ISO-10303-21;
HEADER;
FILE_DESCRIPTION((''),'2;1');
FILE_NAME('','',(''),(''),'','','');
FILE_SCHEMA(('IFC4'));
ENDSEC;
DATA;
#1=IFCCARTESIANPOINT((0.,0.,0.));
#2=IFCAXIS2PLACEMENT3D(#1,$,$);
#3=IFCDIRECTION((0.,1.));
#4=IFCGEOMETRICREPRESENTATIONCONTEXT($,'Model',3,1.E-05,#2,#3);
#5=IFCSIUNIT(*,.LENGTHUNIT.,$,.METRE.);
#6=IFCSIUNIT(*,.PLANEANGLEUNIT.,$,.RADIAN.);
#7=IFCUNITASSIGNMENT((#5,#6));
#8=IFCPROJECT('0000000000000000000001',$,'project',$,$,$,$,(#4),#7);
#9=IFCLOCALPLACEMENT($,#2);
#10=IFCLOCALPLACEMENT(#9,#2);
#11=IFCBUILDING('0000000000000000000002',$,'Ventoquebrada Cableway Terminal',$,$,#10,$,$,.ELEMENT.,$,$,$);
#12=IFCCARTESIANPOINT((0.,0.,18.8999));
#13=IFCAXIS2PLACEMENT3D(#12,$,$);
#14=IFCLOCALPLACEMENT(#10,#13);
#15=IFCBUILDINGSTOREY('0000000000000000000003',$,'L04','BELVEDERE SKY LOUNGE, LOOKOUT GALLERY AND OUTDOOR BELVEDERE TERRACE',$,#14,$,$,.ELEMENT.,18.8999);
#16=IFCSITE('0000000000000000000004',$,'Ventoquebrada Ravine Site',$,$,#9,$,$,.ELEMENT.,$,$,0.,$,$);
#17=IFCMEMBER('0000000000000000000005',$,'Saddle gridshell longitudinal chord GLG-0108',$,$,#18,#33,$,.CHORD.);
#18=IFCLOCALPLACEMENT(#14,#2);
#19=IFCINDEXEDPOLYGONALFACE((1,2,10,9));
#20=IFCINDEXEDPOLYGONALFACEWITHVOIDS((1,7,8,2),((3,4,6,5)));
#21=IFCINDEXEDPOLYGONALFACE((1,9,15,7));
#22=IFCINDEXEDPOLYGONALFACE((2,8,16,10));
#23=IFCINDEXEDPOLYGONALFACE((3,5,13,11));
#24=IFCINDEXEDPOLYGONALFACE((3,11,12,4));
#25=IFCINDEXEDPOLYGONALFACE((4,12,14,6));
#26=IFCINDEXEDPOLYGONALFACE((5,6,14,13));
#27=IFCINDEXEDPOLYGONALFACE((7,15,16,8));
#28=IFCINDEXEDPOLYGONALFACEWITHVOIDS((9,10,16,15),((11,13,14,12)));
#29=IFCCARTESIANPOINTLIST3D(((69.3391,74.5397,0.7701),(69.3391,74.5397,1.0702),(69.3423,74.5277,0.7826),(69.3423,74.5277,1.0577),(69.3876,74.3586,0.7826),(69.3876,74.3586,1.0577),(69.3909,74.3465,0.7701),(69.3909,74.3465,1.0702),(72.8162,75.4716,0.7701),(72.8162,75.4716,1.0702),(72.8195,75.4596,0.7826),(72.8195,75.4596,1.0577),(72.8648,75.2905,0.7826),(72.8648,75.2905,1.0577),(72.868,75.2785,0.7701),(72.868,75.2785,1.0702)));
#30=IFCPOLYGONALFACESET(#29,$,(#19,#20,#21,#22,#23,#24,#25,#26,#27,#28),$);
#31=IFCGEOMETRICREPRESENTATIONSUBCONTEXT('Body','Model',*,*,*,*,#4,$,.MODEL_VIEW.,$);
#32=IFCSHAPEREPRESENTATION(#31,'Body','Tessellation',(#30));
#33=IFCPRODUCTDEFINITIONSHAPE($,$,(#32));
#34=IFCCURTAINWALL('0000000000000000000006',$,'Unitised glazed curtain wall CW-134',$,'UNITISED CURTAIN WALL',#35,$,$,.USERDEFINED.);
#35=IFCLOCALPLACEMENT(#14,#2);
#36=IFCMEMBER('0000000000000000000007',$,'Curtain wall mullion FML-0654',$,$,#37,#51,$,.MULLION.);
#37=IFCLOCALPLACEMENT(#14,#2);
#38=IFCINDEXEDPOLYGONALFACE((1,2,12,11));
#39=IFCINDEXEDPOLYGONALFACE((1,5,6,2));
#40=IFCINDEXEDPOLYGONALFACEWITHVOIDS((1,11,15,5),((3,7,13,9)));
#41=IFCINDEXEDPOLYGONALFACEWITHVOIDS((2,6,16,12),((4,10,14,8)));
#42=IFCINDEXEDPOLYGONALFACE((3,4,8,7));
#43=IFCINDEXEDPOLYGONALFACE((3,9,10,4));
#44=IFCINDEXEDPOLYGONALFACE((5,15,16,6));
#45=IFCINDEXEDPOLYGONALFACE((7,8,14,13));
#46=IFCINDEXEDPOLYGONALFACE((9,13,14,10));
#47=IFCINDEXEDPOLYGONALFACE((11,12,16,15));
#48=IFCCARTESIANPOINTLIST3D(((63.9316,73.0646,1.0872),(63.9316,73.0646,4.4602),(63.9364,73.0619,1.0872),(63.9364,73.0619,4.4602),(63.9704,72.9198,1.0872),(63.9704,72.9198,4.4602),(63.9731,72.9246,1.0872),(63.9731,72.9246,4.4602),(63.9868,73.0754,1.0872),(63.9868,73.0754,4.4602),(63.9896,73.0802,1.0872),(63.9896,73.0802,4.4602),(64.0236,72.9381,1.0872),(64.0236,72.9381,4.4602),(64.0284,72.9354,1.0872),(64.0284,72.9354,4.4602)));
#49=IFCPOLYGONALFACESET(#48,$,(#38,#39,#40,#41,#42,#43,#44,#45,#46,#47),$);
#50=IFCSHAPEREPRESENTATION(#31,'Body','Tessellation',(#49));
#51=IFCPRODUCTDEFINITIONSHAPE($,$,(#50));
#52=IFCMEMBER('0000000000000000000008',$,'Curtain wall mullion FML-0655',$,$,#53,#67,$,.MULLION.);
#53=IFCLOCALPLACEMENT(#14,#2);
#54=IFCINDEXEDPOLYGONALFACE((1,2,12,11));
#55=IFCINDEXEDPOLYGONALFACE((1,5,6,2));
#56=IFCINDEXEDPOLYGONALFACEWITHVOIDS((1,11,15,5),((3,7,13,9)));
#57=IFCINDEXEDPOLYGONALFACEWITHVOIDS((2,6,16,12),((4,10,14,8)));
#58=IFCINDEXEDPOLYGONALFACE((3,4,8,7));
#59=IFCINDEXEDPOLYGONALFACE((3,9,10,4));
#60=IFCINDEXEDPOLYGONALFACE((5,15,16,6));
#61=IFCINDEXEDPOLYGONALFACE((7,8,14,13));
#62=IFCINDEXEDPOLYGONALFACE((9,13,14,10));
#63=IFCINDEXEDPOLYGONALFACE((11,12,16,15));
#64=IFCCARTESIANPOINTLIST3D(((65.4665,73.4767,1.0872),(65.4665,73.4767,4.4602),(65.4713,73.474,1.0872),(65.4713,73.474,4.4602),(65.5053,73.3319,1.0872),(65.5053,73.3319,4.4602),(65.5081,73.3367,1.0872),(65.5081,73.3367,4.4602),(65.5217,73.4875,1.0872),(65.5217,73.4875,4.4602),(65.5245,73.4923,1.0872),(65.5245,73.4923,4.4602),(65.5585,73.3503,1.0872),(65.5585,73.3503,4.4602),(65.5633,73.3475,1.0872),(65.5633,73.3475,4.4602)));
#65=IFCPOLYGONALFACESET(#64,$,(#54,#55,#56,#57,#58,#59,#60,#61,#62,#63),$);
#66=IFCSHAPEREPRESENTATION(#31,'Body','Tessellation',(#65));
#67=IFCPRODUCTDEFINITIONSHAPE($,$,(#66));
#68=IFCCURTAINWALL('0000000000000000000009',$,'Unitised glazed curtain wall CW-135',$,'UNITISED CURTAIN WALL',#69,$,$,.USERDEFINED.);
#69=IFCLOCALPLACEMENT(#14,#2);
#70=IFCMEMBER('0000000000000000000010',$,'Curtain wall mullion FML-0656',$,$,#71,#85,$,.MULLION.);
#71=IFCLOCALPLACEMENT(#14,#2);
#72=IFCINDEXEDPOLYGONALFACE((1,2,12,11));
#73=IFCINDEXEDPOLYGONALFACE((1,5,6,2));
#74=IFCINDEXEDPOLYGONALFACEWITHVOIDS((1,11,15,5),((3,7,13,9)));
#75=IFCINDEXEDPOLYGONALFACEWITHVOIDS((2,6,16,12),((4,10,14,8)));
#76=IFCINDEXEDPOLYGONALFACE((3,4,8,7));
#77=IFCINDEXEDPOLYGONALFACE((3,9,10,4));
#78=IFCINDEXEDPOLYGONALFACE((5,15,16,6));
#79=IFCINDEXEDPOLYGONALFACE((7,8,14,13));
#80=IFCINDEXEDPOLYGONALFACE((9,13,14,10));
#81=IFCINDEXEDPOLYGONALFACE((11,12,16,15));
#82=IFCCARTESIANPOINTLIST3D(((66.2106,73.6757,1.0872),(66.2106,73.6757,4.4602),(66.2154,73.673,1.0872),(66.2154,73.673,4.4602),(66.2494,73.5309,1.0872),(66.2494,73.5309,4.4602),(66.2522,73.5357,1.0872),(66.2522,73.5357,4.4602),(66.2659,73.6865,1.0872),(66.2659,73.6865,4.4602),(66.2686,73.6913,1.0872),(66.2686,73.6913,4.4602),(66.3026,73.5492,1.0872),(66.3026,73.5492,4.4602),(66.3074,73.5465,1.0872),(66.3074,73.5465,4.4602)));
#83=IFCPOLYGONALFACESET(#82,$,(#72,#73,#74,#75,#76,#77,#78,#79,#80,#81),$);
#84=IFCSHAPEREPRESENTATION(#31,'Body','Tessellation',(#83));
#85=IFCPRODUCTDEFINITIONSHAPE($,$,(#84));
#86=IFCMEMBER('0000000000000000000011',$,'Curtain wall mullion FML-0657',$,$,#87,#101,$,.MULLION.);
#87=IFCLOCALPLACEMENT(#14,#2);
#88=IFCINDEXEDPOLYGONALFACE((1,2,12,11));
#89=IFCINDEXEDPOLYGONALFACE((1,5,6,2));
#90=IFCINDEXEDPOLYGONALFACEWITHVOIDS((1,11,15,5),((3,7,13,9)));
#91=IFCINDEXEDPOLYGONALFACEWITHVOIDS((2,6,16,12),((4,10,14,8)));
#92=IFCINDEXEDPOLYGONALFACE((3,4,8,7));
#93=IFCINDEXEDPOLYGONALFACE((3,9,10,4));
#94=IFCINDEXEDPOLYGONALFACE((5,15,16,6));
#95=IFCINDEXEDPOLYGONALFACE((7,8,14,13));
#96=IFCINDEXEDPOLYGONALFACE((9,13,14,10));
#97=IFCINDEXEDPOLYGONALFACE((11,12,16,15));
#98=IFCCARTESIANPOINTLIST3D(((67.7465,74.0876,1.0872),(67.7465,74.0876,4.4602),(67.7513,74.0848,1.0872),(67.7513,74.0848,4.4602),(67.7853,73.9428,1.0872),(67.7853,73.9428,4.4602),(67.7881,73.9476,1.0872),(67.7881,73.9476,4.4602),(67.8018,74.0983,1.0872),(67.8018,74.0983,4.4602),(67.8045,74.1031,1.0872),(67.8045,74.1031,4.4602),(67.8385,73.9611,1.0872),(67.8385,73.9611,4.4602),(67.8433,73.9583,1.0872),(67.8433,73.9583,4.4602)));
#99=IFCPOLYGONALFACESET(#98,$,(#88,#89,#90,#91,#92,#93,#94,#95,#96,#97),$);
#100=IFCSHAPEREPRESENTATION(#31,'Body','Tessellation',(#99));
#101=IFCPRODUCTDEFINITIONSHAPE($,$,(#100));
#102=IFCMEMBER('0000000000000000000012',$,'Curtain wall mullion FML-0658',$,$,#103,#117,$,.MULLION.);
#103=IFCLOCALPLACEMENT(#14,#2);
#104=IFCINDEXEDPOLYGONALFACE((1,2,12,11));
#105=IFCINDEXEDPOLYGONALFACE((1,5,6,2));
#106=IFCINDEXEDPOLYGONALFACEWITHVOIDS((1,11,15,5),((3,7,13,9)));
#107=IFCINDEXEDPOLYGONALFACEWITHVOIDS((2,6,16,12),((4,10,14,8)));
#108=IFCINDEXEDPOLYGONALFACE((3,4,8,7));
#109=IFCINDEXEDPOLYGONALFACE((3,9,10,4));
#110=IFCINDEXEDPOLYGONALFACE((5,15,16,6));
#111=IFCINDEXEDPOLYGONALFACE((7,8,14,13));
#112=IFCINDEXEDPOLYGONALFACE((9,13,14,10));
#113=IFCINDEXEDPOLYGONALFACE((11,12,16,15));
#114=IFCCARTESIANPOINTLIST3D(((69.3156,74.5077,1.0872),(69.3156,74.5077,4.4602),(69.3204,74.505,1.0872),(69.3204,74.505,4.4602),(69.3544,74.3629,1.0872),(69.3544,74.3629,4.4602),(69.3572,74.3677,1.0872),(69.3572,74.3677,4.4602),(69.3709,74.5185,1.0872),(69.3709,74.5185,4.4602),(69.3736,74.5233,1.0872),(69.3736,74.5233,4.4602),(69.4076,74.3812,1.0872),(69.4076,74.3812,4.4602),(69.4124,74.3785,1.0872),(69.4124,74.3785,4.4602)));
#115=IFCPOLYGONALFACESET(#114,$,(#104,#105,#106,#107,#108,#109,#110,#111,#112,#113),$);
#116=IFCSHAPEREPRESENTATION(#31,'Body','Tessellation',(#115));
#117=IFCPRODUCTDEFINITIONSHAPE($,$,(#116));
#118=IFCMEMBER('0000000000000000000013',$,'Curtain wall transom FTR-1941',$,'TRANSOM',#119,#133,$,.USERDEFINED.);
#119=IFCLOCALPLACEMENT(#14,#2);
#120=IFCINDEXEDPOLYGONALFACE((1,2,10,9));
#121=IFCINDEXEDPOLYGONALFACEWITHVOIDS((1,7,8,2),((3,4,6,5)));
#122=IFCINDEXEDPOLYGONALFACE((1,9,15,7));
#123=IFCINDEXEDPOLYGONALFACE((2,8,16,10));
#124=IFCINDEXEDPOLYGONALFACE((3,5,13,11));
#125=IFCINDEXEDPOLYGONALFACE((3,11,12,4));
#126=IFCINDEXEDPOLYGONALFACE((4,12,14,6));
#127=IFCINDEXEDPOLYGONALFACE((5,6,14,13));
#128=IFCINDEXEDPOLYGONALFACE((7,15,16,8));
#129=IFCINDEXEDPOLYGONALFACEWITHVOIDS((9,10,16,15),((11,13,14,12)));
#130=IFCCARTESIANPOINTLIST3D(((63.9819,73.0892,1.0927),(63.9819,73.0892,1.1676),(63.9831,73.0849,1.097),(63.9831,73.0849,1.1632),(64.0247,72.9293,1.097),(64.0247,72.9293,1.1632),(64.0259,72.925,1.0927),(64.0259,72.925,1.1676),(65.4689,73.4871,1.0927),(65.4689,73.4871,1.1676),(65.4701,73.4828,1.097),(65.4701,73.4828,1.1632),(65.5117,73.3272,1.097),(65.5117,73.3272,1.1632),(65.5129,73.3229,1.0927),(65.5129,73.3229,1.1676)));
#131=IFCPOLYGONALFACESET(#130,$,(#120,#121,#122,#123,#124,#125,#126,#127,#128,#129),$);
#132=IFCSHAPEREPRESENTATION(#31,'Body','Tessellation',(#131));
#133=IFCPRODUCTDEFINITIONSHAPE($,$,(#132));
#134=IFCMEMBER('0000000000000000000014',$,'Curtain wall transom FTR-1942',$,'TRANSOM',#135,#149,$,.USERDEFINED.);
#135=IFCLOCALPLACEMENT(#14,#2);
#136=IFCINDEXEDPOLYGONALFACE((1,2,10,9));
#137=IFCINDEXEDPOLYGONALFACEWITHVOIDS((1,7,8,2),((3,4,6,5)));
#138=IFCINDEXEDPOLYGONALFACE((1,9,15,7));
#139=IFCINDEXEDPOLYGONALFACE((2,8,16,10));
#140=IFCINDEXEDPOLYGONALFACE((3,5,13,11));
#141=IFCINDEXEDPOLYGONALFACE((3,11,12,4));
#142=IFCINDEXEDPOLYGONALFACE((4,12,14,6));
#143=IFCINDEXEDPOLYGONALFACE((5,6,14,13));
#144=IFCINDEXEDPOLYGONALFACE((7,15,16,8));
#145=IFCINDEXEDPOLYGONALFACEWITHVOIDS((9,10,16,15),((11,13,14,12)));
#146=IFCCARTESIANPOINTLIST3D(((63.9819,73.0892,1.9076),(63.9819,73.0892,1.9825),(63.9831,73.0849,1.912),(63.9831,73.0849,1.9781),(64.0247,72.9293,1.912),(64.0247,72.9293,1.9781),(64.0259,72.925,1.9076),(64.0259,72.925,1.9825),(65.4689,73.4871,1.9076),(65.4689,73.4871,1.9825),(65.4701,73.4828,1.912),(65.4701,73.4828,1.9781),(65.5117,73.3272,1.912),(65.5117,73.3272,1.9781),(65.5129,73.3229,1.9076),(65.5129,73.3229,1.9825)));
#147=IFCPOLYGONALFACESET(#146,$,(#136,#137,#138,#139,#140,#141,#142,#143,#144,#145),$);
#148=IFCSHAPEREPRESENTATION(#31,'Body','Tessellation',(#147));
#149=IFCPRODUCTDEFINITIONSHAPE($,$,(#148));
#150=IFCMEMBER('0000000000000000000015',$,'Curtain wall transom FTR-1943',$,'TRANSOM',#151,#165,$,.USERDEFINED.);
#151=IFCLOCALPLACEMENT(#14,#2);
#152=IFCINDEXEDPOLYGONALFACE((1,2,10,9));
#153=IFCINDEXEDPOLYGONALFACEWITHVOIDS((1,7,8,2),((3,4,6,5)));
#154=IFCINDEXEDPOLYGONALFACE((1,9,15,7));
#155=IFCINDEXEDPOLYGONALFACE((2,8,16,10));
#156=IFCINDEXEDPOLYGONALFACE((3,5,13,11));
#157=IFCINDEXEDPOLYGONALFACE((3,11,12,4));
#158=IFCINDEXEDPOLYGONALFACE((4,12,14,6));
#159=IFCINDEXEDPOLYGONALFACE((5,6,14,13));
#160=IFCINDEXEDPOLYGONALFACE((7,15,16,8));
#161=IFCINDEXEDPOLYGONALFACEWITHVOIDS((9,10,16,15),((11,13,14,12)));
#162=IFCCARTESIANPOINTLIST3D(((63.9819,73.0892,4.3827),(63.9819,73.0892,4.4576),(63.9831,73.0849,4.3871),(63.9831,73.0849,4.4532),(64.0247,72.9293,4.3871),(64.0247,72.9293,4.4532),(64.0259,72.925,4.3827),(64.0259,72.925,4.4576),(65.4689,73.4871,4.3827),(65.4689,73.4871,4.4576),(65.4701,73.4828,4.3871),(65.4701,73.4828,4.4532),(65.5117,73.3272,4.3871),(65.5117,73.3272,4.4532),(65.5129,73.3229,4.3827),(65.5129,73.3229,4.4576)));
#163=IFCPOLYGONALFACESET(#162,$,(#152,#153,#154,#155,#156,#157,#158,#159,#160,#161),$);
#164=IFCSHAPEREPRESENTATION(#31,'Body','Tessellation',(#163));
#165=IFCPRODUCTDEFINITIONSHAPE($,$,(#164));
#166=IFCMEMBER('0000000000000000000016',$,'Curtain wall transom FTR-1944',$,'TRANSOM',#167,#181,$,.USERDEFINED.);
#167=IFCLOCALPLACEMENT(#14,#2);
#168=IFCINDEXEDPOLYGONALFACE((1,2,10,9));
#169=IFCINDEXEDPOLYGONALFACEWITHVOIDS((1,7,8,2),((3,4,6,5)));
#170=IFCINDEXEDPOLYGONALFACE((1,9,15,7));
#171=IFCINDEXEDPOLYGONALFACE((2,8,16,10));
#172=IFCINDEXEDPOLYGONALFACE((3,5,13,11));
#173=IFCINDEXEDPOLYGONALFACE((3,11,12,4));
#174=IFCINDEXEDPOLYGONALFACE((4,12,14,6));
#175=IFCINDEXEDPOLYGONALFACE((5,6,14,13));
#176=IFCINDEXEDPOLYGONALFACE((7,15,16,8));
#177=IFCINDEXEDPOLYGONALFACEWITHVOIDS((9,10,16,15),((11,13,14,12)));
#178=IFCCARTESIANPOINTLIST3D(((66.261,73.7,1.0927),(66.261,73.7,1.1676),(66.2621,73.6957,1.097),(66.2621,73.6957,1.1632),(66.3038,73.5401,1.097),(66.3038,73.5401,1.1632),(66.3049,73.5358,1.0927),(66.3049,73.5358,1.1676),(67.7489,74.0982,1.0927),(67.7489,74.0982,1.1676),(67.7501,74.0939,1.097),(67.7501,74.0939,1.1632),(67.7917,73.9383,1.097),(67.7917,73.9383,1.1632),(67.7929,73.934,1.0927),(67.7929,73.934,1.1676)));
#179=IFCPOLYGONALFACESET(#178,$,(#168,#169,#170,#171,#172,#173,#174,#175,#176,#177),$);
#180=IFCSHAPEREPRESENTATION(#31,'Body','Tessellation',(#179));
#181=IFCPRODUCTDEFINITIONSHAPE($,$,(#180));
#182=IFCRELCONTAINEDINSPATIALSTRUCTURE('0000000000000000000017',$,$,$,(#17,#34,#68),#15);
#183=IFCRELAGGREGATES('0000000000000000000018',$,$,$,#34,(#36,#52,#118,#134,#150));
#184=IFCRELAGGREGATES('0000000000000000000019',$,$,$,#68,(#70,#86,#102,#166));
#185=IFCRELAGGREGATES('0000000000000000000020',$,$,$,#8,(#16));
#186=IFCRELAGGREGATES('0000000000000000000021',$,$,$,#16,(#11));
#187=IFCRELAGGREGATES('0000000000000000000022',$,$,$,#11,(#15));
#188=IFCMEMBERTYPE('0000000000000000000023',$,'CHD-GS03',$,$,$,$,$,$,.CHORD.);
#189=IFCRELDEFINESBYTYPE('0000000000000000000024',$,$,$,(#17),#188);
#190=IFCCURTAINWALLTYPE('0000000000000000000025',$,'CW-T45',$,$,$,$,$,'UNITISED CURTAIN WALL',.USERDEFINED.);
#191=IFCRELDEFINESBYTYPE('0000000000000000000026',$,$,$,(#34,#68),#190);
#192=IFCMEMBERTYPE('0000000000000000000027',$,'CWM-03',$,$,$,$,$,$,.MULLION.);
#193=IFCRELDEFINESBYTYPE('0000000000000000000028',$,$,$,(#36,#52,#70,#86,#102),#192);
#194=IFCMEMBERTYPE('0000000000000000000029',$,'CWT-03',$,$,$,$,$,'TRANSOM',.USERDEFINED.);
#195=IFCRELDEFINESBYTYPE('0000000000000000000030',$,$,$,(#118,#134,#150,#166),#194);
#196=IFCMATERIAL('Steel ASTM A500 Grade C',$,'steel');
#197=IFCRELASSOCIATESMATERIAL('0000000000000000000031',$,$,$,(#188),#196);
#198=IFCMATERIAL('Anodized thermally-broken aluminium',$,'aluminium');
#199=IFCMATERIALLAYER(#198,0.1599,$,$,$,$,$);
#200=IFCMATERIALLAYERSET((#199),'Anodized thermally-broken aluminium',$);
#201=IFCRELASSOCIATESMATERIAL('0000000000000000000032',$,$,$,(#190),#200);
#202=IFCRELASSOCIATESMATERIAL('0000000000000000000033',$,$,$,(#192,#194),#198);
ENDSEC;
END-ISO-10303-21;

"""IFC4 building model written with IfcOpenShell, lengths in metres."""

from ifc_helpers import new_model, si_unit, direction, frame, origin, origin_2d, place, context, subcontext, project, spatial, hollow_rectangle, extrude, material, layer, layer_set, material_profile, profile_set, type_object, element, aggregate, save


model = new_model("IFC4")

# Units and contexts
model_context = context("Model", 3, precision=1e-05, world=origin(), true_north=direction((0.0, 1.0)))
body_context = subcontext(model_context, "Body", "Model", "MODEL_VIEW")
ifc_project = project(units=[si_unit("LENGTHUNIT", "METRE"), si_unit("PLANEANGLEUNIT", "RADIAN")], contexts=[model_context])

# Site, building, storey
site_placement = place(None, origin())
site = spatial("IfcSite", under=ifc_project, at=site_placement, Name="Ventoquebrada Ravine Site", CompositionType="ELEMENT", RefElevation=0.0)
building_placement = place(site_placement, origin())
building = spatial("IfcBuilding", under=site, at=building_placement, Name="Ventoquebrada Cableway Terminal", CompositionType="ELEMENT")
storey_placement = place(building_placement, frame((0.0, 0.0, 18.8999)))
storey = spatial("IfcBuildingStorey", under=building, at=storey_placement, Name="L04", Description="BELVEDERE SKY LOUNGE, LOOKOUT GALLERY AND OUTDOOR BELVEDERE TERRACE", CompositionType="ELEMENT", Elevation=18.8999)

# Member
ifc_material_1 = material(Name="Steel ASTM A500 Grade C", Category="steel")
ifc_material_profile_1 = material_profile(ifc_material_1, hollow_rectangle(XDim=0.2, YDim=0.3, WallThickness=0.0125, at=origin_2d()), Name="RHS300X200X12.5")
ifc_profile_set_1 = profile_set([ifc_material_profile_1], Name="Steel ASTM A500 Grade C")
member_type_1 = type_object("IfcMemberType", Name="CHD-GS03", PredefinedType="CHORD", material=ifc_profile_set_1)
member_1_placement = place(storey_placement, frame((69.365, 74.4431, 0.9202), z_axis=(0.965911, 0.258874, 0.0), x_axis=(-0.258874, 0.965911, 0.0)))
element("IfcMember", 1, at=member_1_placement, inside=storey, type_object=member_type_1, Name="Saddle gridshell longitudinal chord GLG-0108", PredefinedType="CHORD", context=body_context, shape_type="SweptSolid", body=[
    extrude(hollow_rectangle(XDim=0.2, YDim=0.3, WallThickness=0.0125, at=origin_2d()), origin(), (0.0, 0.0, 1.0), 3.5999),
])

# Curtain walls, members
ifc_material_2 = material(Name="Anodized thermally-broken aluminium", Category="aluminium")
ifc_layer_1 = layer(ifc_material_2, 0.1599)
ifc_layer_set_1 = layer_set([ifc_layer_1], Name="Anodized thermally-broken aluminium")
curtain_wall_type = type_object("IfcCurtainWallType", Name="CW-T45", ElementType="UNITISED CURTAIN WALL", PredefinedType="USERDEFINED", material=ifc_layer_set_1)
curtain_wall_1_placement = place(storey_placement, origin())
curtain_wall_1 = element("IfcCurtainWall", 2, at=curtain_wall_1_placement, inside=storey, type_object=curtain_wall_type, Name="Unitised glazed curtain wall CW-134", ObjectType="UNITISED CURTAIN WALL", PredefinedType="USERDEFINED")
ifc_material_profile_2 = material_profile(ifc_material_2, hollow_rectangle(XDim=0.0601, YDim=0.1499, WallThickness=0.0039, at=origin_2d()), Name="CW-MUL-60X150")
ifc_profile_set_2 = profile_set([ifc_material_profile_2], Name="Anodized thermally-broken aluminium")
member_type_2 = type_object("IfcMemberType", Name="CWM-03", PredefinedType="MULLION", material=ifc_profile_set_2)
member_2_placement = place(storey_placement, frame((63.98, 73.0, 1.0872), z_axis=(0.0, 0.0, 1.0), x_axis=(0.965894, 0.258937, 0.0)))
member_2 = element("IfcMember", 3, at=member_2_placement, type_object=member_type_2, Name="Curtain wall mullion FML-0654", PredefinedType="MULLION", context=body_context, shape_type="SweptSolid", body=[
    extrude(hollow_rectangle(XDim=0.0601, YDim=0.1499, WallThickness=0.0039, at=origin_2d()), origin(), (0.0, 0.0, 1.0), 3.373),
])
member_3_placement = place(storey_placement, frame((65.5149, 73.4121, 1.0872), z_axis=(0.0, 0.0, 1.0), x_axis=(0.965894, 0.258937, 0.0)))
member_3 = element("IfcMember", 4, at=member_3_placement, type_object=member_type_2, Name="Curtain wall mullion FML-0655", PredefinedType="MULLION", context=body_context, shape_type="SweptSolid", body=[
    extrude(hollow_rectangle(XDim=0.0601, YDim=0.1499, WallThickness=0.0039, at=origin_2d()), origin(), (0.0, 0.0, 1.0), 3.373),
])
curtain_wall_2_placement = place(storey_placement, origin())
curtain_wall_2 = element("IfcCurtainWall", 5, at=curtain_wall_2_placement, inside=storey, type_object=curtain_wall_type, Name="Unitised glazed curtain wall CW-135", ObjectType="UNITISED CURTAIN WALL", PredefinedType="USERDEFINED")
member_4_placement = place(storey_placement, frame((66.259, 73.6111, 1.0872), z_axis=(0.0, 0.0, 1.0), x_axis=(0.965944, 0.258752, 0.0)))
member_4 = element("IfcMember", 6, at=member_4_placement, type_object=member_type_2, Name="Curtain wall mullion FML-0656", PredefinedType="MULLION", context=body_context, shape_type="SweptSolid", body=[
    extrude(hollow_rectangle(XDim=0.0601, YDim=0.1499, WallThickness=0.0039, at=origin_2d()), origin(), (0.0, 0.0, 1.0), 3.373),
])
member_5_placement = place(storey_placement, frame((67.7949, 74.0229, 1.0872), z_axis=(0.0, 0.0, 1.0), x_axis=(0.965944, 0.258752, 0.0)))
member_5 = element("IfcMember", 7, at=member_5_placement, type_object=member_type_2, Name="Curtain wall mullion FML-0657", PredefinedType="MULLION", context=body_context, shape_type="SweptSolid", body=[
    extrude(hollow_rectangle(XDim=0.0601, YDim=0.1499, WallThickness=0.0039, at=origin_2d()), origin(), (0.0, 0.0, 1.0), 3.373),
])
member_6_placement = place(storey_placement, frame((69.364, 74.4431, 1.0872), z_axis=(0.0, 0.0, 1.0), x_axis=(0.965944, 0.258752, 0.0)))
member_6 = element("IfcMember", 8, at=member_6_placement, type_object=member_type_2, Name="Curtain wall mullion FML-0658", PredefinedType="MULLION", context=body_context, shape_type="SweptSolid", body=[
    extrude(hollow_rectangle(XDim=0.0601, YDim=0.1499, WallThickness=0.0039, at=origin_2d()), origin(), (0.0, 0.0, 1.0), 3.373),
])

# Members
ifc_material_profile_3 = material_profile(ifc_material_2, hollow_rectangle(XDim=0.075, YDim=0.1699, WallThickness=0.0044, at=origin_2d()), Name="CW-TRN-75X170")
ifc_profile_set_3 = profile_set([ifc_material_profile_3], Name="Anodized thermally-broken aluminium")
member_type_3 = type_object("IfcMemberType", Name="CWT-03", ElementType="TRANSOM", PredefinedType="USERDEFINED", material=ifc_profile_set_3)
member_7_placement = place(storey_placement, frame((64.0039, 73.0071, 1.1301), z_axis=(0.966008, 0.258511, 0.0), x_axis=(0.0, 0.0, 1.0)))
member_7 = element("IfcMember", 9, at=member_7_placement, type_object=member_type_3, Name="Curtain wall transom FTR-1941", ObjectType="TRANSOM", PredefinedType="USERDEFINED", context=body_context, shape_type="SweptSolid", body=[
    extrude(hollow_rectangle(XDim=0.075, YDim=0.1699, WallThickness=0.0044, at=origin_2d()), origin(), (0.0, 0.0, 1.0), 1.5393),
])
member_8_placement = place(storey_placement, frame((64.0039, 73.0071, 1.9451), z_axis=(0.966008, 0.258511, 0.0), x_axis=(0.0, 0.0, 1.0)))
member_8 = element("IfcMember", 10, at=member_8_placement, type_object=member_type_3, Name="Curtain wall transom FTR-1942", ObjectType="TRANSOM", PredefinedType="USERDEFINED", context=body_context, shape_type="SweptSolid", body=[
    extrude(hollow_rectangle(XDim=0.075, YDim=0.1699, WallThickness=0.0044, at=origin_2d()), origin(), (0.0, 0.0, 1.0), 1.5393),
])
member_9_placement = place(storey_placement, frame((64.0039, 73.0071, 4.4202), z_axis=(0.966008, 0.258511, 0.0), x_axis=(0.0, 0.0, 1.0)))
member_9 = element("IfcMember", 11, at=member_9_placement, type_object=member_type_3, Name="Curtain wall transom FTR-1943", ObjectType="TRANSOM", PredefinedType="USERDEFINED", context=body_context, shape_type="SweptSolid", body=[
    extrude(hollow_rectangle(XDim=0.075, YDim=0.1699, WallThickness=0.0044, at=origin_2d()), origin(), (0.0, 0.0, 1.0), 1.5393),
])
member_10_placement = place(storey_placement, frame((66.283, 73.6179, 1.1301), z_axis=(0.966011, 0.258501, 0.0), x_axis=(0.0, 0.0, 1.0)))
member_10 = element("IfcMember", 12, at=member_10_placement, type_object=member_type_3, Name="Curtain wall transom FTR-1944", ObjectType="TRANSOM", PredefinedType="USERDEFINED", context=body_context, shape_type="SweptSolid", body=[
    extrude(hollow_rectangle(XDim=0.075, YDim=0.1699, WallThickness=0.0044, at=origin_2d()), origin(), (0.0, 0.0, 1.0), 1.5403),
])

aggregate(curtain_wall_1, [member_2, member_3, member_7, member_8, member_9])
aggregate(curtain_wall_2, [member_4, member_5, member_6, member_10])

save(model, "model.ifc")
